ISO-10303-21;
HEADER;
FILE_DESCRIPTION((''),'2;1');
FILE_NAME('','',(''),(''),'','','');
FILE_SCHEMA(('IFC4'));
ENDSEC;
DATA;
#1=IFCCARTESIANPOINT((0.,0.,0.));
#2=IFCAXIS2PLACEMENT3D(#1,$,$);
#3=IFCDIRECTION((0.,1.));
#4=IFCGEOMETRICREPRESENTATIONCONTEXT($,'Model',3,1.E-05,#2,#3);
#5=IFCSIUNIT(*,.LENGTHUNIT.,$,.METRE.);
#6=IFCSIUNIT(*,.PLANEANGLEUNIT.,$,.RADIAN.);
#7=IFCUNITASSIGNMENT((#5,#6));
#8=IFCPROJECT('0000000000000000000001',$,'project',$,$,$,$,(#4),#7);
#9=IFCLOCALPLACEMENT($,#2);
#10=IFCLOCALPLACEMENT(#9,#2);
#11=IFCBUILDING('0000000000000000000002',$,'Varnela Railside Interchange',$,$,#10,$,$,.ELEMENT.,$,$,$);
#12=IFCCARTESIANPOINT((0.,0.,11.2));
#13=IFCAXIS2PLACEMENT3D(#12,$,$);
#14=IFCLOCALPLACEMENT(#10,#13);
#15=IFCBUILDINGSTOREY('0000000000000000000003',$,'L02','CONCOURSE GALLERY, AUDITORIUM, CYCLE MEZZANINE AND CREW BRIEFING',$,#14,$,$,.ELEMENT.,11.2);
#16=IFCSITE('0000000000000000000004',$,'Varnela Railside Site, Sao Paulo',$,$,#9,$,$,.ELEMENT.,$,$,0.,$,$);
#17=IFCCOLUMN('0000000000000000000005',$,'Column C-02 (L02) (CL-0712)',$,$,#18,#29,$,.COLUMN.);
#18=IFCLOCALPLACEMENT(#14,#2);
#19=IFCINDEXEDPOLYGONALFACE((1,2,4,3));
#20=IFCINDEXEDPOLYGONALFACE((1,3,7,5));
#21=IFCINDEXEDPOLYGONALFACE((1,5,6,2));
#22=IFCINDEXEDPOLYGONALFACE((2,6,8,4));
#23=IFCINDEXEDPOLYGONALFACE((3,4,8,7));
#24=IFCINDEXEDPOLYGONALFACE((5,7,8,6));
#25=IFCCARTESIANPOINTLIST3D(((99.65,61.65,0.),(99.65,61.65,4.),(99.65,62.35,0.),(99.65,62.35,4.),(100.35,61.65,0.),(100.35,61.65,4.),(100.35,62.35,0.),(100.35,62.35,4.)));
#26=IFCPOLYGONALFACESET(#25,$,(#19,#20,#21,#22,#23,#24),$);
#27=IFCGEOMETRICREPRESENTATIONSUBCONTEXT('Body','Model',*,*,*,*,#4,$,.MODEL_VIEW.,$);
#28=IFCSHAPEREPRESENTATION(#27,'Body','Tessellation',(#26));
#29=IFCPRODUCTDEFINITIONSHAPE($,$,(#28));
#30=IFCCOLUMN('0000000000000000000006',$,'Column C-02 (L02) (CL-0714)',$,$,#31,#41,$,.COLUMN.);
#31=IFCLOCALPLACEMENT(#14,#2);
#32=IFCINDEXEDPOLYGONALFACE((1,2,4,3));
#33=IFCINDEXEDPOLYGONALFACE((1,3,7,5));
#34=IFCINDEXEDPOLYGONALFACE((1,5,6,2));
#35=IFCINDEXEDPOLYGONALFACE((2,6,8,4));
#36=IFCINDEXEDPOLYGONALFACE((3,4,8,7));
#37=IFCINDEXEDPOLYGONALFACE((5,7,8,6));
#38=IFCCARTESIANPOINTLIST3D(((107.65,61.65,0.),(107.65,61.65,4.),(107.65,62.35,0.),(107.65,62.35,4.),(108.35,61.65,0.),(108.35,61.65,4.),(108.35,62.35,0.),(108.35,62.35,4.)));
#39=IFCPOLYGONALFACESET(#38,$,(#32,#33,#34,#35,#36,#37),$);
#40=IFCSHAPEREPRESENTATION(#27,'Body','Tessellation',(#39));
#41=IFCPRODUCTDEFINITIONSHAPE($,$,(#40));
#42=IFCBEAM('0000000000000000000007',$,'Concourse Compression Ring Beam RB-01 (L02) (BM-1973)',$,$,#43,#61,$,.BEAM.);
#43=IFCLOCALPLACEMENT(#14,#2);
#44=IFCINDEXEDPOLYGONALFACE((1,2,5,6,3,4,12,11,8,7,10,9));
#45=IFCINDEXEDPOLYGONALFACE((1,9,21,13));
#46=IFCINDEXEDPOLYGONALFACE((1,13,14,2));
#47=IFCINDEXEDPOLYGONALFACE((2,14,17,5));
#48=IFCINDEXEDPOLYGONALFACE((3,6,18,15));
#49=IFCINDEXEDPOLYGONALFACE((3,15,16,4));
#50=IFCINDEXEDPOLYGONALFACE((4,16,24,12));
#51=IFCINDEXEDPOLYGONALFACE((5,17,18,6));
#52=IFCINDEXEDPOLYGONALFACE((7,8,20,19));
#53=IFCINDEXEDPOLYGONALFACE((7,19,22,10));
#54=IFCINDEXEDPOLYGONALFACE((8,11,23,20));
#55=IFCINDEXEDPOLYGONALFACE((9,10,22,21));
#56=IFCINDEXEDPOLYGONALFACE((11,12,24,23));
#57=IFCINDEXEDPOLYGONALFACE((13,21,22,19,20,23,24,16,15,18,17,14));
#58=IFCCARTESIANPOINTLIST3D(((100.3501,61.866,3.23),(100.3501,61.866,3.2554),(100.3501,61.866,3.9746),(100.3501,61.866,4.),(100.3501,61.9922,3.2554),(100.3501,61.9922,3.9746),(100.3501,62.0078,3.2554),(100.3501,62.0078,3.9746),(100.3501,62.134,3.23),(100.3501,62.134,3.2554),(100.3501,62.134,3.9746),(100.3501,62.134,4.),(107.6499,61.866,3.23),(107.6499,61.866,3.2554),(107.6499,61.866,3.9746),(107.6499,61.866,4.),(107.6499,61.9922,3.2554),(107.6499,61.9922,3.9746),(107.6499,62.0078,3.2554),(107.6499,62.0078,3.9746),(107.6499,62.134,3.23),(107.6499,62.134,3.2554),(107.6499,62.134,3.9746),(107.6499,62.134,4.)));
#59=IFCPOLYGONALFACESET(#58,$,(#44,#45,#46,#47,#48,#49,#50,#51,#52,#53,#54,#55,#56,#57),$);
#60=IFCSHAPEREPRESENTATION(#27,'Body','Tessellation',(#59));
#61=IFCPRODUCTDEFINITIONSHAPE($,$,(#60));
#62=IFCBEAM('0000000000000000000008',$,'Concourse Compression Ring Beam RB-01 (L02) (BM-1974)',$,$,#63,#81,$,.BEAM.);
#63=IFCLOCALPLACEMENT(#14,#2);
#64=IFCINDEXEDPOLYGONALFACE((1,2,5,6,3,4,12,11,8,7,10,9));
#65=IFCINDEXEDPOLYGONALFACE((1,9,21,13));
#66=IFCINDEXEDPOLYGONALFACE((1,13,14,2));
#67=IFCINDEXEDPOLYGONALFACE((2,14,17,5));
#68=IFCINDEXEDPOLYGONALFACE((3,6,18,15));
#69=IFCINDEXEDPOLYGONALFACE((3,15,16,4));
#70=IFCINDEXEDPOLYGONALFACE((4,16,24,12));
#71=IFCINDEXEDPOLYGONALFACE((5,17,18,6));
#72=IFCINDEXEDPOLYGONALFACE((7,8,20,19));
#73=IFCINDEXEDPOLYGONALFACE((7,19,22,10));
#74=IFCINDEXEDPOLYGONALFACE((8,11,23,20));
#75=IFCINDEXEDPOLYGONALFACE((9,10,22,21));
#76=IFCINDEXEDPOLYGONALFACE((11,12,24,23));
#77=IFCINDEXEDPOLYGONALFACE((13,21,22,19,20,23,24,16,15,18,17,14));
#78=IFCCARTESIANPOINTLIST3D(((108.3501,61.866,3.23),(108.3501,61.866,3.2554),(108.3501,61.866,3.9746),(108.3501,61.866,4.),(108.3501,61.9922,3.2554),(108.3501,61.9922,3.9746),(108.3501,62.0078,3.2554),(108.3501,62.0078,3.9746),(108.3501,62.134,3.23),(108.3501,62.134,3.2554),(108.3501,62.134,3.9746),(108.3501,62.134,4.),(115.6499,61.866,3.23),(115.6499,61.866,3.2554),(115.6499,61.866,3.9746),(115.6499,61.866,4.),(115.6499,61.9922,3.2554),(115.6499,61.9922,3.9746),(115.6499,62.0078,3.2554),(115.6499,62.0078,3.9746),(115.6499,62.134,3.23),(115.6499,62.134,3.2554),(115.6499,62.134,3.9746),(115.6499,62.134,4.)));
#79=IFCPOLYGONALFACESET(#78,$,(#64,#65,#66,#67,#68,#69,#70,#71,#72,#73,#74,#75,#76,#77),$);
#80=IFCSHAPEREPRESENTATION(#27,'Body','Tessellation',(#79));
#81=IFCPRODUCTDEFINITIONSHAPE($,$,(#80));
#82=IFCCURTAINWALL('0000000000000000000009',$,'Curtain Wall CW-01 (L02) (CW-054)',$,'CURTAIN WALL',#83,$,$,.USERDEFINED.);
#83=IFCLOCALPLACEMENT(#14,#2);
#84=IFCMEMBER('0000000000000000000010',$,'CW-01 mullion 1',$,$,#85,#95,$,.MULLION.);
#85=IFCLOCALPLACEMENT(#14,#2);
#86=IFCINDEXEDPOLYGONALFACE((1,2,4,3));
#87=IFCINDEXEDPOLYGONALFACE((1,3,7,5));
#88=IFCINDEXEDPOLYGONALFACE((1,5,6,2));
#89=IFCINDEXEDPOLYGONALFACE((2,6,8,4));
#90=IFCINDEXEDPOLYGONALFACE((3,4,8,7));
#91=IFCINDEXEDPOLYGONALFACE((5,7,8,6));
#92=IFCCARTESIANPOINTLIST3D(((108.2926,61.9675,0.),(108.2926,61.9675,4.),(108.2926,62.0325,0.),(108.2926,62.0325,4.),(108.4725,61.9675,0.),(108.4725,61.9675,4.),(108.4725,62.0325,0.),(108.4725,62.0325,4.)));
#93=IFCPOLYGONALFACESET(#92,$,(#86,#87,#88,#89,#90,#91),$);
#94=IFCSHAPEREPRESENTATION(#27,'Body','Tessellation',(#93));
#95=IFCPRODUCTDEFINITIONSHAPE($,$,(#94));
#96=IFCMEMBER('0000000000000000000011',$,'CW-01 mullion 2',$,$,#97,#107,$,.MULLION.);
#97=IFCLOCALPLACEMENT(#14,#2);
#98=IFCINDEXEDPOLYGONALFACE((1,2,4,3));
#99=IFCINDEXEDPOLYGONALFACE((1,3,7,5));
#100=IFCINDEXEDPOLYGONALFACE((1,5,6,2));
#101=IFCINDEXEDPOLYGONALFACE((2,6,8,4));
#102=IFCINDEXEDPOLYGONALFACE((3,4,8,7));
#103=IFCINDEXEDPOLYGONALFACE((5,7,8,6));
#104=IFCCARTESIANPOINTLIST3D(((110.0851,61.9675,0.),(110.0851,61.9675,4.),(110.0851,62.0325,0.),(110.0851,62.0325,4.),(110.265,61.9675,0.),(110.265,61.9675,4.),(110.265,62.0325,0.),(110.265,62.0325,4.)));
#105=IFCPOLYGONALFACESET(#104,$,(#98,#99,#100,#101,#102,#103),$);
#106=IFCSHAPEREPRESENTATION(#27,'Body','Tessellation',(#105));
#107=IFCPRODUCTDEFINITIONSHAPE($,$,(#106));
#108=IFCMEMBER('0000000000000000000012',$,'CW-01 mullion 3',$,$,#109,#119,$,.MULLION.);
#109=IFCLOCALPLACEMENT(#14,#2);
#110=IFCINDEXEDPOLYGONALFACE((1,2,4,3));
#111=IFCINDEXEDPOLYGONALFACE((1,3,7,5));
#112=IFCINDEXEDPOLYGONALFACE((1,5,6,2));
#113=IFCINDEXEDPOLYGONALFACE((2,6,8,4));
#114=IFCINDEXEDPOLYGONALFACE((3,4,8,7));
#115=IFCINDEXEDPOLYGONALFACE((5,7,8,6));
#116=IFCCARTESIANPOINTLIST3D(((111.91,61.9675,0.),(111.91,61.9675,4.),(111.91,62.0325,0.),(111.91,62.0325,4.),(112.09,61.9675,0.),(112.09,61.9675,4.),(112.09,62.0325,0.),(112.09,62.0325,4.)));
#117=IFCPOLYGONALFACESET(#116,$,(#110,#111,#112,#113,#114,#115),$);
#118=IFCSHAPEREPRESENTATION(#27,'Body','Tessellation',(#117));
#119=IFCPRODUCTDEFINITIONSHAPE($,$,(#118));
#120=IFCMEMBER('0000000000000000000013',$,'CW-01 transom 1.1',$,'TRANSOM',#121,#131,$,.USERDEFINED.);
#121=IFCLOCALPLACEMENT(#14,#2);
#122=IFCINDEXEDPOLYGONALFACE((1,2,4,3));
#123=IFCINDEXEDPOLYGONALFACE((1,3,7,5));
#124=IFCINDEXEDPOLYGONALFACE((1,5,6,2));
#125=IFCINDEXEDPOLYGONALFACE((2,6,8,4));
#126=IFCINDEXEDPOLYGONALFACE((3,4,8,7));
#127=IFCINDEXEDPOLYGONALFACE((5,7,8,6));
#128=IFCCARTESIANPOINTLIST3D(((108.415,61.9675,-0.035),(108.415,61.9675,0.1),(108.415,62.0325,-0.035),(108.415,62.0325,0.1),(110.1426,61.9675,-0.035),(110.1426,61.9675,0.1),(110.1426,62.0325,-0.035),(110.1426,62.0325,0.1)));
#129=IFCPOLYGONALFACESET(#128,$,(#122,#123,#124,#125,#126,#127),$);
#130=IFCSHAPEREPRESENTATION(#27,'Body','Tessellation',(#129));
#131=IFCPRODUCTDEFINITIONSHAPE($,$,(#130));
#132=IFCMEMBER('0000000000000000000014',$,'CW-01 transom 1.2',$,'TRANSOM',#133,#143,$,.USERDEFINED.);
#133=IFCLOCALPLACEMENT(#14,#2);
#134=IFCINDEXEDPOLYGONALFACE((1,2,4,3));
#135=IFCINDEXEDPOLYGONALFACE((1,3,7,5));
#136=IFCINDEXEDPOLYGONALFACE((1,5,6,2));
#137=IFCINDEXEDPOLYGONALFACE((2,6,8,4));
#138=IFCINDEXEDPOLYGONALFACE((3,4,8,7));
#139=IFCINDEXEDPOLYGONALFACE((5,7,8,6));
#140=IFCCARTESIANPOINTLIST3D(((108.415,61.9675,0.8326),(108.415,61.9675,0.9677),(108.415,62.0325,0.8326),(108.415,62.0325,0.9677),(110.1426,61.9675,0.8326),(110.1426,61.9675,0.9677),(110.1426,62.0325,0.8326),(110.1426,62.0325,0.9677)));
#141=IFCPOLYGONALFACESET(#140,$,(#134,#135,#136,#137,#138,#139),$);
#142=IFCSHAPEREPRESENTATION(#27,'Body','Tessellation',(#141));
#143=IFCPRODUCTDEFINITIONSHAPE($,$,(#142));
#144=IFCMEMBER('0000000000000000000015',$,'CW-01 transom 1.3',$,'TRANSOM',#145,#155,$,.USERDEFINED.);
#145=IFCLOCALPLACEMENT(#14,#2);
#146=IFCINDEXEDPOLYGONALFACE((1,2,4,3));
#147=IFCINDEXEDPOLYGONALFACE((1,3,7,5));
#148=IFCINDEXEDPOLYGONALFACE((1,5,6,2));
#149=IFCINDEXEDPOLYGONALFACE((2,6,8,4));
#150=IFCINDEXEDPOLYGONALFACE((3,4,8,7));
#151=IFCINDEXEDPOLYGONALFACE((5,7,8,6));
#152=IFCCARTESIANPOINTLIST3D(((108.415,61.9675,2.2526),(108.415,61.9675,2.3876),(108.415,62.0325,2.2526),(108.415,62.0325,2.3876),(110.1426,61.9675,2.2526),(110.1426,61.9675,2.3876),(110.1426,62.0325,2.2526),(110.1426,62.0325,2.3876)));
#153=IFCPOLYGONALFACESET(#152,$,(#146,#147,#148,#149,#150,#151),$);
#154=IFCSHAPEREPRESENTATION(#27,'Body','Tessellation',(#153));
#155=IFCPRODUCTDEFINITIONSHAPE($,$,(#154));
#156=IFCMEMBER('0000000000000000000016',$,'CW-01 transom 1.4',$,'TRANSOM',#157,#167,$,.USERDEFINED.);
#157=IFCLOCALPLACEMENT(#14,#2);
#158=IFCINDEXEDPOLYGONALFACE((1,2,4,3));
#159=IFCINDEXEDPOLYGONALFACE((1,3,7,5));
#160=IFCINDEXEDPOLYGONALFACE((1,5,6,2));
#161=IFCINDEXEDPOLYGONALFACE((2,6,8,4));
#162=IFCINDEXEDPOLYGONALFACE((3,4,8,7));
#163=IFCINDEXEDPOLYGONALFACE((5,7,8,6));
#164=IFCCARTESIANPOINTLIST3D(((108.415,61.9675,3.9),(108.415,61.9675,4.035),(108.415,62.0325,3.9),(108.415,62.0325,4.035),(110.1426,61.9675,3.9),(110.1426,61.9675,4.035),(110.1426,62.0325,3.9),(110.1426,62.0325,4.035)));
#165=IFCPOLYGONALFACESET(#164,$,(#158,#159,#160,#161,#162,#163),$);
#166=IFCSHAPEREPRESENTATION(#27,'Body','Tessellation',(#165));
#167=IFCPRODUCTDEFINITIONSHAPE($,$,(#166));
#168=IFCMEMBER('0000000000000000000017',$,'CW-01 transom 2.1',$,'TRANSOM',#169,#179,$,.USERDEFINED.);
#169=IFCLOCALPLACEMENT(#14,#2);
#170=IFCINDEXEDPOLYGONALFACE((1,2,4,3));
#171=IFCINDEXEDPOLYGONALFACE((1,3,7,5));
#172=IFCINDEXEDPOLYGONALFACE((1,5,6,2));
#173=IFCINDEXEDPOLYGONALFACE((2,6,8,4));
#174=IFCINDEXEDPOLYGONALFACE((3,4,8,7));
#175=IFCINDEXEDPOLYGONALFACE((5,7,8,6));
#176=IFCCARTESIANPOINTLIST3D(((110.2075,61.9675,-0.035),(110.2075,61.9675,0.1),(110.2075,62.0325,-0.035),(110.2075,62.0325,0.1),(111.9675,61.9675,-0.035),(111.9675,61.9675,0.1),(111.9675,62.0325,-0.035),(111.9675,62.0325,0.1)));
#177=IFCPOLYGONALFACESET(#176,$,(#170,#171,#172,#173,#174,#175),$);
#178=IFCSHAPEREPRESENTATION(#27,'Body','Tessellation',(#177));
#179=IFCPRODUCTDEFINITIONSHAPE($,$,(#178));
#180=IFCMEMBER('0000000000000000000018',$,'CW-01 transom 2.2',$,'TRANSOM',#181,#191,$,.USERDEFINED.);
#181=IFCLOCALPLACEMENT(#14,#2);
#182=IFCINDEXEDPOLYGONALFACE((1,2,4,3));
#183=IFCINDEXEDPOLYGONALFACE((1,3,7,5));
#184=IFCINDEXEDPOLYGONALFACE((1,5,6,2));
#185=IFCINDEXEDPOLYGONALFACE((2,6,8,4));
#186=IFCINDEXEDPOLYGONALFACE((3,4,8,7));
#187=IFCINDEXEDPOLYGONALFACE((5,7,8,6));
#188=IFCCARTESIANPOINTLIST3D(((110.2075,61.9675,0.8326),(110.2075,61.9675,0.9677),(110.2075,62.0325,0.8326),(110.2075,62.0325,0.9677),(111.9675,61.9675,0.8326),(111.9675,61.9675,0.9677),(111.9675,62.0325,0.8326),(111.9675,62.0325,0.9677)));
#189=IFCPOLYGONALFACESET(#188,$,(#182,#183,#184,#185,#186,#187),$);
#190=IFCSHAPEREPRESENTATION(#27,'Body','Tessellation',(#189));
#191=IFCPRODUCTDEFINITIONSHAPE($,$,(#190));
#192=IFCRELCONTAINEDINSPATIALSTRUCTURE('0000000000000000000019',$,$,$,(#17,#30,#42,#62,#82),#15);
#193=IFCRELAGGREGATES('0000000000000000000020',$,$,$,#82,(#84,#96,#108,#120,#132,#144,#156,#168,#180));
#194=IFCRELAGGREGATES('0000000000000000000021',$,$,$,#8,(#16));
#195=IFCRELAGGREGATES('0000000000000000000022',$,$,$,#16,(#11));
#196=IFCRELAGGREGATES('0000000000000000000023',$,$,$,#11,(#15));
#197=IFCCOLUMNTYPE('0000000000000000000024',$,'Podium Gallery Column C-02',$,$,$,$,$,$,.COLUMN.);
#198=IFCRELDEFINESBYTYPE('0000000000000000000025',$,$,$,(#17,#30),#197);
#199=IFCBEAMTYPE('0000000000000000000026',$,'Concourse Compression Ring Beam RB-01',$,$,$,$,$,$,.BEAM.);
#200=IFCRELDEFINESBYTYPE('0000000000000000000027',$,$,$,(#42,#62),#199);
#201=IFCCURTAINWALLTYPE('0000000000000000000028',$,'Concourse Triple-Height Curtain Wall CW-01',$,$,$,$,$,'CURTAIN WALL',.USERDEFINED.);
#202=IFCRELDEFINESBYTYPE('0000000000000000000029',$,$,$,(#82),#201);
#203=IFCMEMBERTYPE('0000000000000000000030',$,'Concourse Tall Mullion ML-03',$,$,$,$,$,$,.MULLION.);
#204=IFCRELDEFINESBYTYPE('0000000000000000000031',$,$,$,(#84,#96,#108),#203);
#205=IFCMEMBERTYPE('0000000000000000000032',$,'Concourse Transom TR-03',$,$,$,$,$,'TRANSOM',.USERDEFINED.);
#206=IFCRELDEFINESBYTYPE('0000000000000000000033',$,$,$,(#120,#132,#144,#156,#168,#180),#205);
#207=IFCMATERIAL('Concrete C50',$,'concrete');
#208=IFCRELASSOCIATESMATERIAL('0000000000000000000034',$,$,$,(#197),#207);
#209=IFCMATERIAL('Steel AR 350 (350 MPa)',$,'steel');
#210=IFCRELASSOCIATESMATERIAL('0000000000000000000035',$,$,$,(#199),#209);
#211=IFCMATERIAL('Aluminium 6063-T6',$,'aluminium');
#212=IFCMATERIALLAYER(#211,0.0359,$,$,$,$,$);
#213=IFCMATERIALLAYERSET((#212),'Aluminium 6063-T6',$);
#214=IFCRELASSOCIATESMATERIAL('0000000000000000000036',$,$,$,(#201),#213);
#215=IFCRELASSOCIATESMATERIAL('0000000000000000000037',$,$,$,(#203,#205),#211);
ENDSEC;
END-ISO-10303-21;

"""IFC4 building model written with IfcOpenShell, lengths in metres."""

from ifc_helpers import new_model, si_unit, direction, frame, origin, origin_2d, place, context, subcontext, project, spatial, rectangle, i_section, extrude, material, layer, layer_set, material_profile, profile_set, type_object, element, aggregate, save


model = new_model("IFC4")

# Units and contexts
model_context = context("Model", 3, precision=1e-05, world=origin(), true_north=direction((0.0, 1.0)))
body_context = subcontext(model_context, "Body", "Model", "MODEL_VIEW")
ifc_project = project(units=[si_unit("LENGTHUNIT", "METRE"), si_unit("PLANEANGLEUNIT", "RADIAN")], contexts=[model_context])

# Site, building, storey
site_placement = place(None, origin())
site = spatial("IfcSite", under=ifc_project, at=site_placement, Name="Varnela Railside Site, Sao Paulo", CompositionType="ELEMENT", RefElevation=0.0)
building_placement = place(site_placement, origin())
building = spatial("IfcBuilding", under=site, at=building_placement, Name="Varnela Railside Interchange", CompositionType="ELEMENT")
storey_placement = place(building_placement, frame((0.0, 0.0, 11.2)))
storey = spatial("IfcBuildingStorey", under=building, at=storey_placement, Name="L02", Description="CONCOURSE GALLERY, AUDITORIUM, CYCLE MEZZANINE AND CREW BRIEFING", CompositionType="ELEMENT", Elevation=11.2)

# Columns
ifc_material_1 = material(Name="Concrete C50", Category="concrete")
ifc_material_profile_1 = material_profile(ifc_material_1, rectangle(XDim=0.7, YDim=0.7, at=origin_2d()), Name="RC 700x700")
ifc_profile_set_1 = profile_set([ifc_material_profile_1], Name="Concrete C50")
column_type = type_object("IfcColumnType", Name="Podium Gallery Column C-02", PredefinedType="COLUMN", material=ifc_profile_set_1)
for number, where, z_axis, x_axis, name in (
    (1, (100.0, 62.0, 0.0), (0.0, 0.0, 1.0), (1.0, 0.0, 0.0), "Column C-02 (L02) (CL-0712)"),
    (2, (108.0, 62.0, 0.0), (0.0, 0.0, 1.0), (1.0, 0.0, 0.0), "Column C-02 (L02) (CL-0714)"),
):
    element("IfcColumn", number, at=place(storey_placement, frame(where, z_axis=z_axis, x_axis=x_axis)), inside=storey, type_object=column_type, Name=name, PredefinedType="COLUMN", context=body_context, shape_type="SweptSolid", body=[
        extrude(rectangle(XDim=0.7, YDim=0.7, at=origin_2d()), origin(), (0.0, 0.0, 1.0), 4.0),
    ])

# Beams
ifc_material_2 = material(Name="Steel AR 350 (350 MPa)", Category="steel")
ifc_material_profile_2 = material_profile(ifc_material_2, i_section(OverallWidth=0.2681, OverallDepth=0.77, WebThickness=0.0156, FlangeThickness=0.0254, at=origin_2d()), Name="W760x196")
ifc_profile_set_2 = profile_set([ifc_material_profile_2], Name="Steel AR 350 (350 MPa)")
beam_type = type_object("IfcBeamType", Name="Concourse Compression Ring Beam RB-01", PredefinedType="BEAM", material=ifc_profile_set_2)
for number, where, z_axis, x_axis, name in (
    (3, (100.3501, 62.0, 3.615), (1.0, 0.0, 0.0), (0.0, 1.0, 0.0), "Concourse Compression Ring Beam RB-01 (L02) (BM-1973)"),
    (4, (108.3501, 62.0, 3.615), (1.0, 0.0, 0.0), (0.0, 1.0, 0.0), "Concourse Compression Ring Beam RB-01 (L02) (BM-1974)"),
):
    element("IfcBeam", number, at=place(storey_placement, frame(where, z_axis=z_axis, x_axis=x_axis)), inside=storey, type_object=beam_type, Name=name, PredefinedType="BEAM", context=body_context, shape_type="SweptSolid", body=[
        extrude(i_section(OverallWidth=0.2681, OverallDepth=0.77, WebThickness=0.0156, FlangeThickness=0.0254, at=origin_2d()), origin(), (0.0, 0.0, 1.0), 7.2998),
    ])

# Curtain wall, members
ifc_material_3 = material(Name="Aluminium 6063-T6", Category="aluminium")
ifc_layer_1 = layer(ifc_material_3, 0.0359)
ifc_layer_set_1 = layer_set([ifc_layer_1], Name="Aluminium 6063-T6")
curtain_wall_type = type_object("IfcCurtainWallType", Name="Concourse Triple-Height Curtain Wall CW-01", ElementType="CURTAIN WALL", PredefinedType="USERDEFINED", material=ifc_layer_set_1)
curtain_wall_placement = place(storey_placement, origin())
curtain_wall = element("IfcCurtainWall", 5, at=curtain_wall_placement, inside=storey, type_object=curtain_wall_type, Name="Curtain Wall CW-01 (L02) (CW-054)", ObjectType="CURTAIN WALL", PredefinedType="USERDEFINED")
ifc_material_profile_3 = material_profile(ifc_material_3, rectangle(XDim=0.0649, YDim=0.1799, at=origin_2d()), Name="ALU 65x180")
ifc_profile_set_3 = profile_set([ifc_material_profile_3], Name="Aluminium 6063-T6")
member_type_1 = type_object("IfcMemberType", Name="Concourse Tall Mullion ML-03", PredefinedType="MULLION", material=ifc_profile_set_3)
member_1_placement = place(storey_placement, frame((108.3826, 62.0, 0.0), z_axis=(0.0, 0.0, 1.0), x_axis=(0.0, 1.0, 0.0)))
member_1 = element("IfcMember", 6, at=member_1_placement, type_object=member_type_1, Name="CW-01 mullion 1", PredefinedType="MULLION", context=body_context, shape_type="SweptSolid", body=[
    extrude(rectangle(XDim=0.0649, YDim=0.1799, at=origin_2d()), origin(), (0.0, 0.0, 1.0), 4.0),
])
member_2_placement = place(storey_placement, frame((110.175, 62.0, 0.0), z_axis=(0.0, 0.0, 1.0), x_axis=(0.0, 1.0, 0.0)))
member_2 = element("IfcMember", 7, at=member_2_placement, type_object=member_type_1, Name="CW-01 mullion 2", PredefinedType="MULLION", context=body_context, shape_type="SweptSolid", body=[
    extrude(rectangle(XDim=0.0649, YDim=0.1799, at=origin_2d()), origin(), (0.0, 0.0, 1.0), 4.0),
])
member_3_placement = place(storey_placement, frame((112.0, 62.0, 0.0), z_axis=(0.0, 0.0, 1.0), x_axis=(0.0, 1.0, 0.0)))
member_3 = element("IfcMember", 8, at=member_3_placement, type_object=member_type_1, Name="CW-01 mullion 3", PredefinedType="MULLION", context=body_context, shape_type="SweptSolid", body=[
    extrude(rectangle(XDim=0.0649, YDim=0.1799, at=origin_2d()), origin(), (0.0, 0.0, 1.0), 4.0),
])
ifc_material_profile_4 = material_profile(ifc_material_3, rectangle(XDim=0.0649, YDim=0.135, at=origin_2d()), Name="ALU 65x135")
ifc_profile_set_4 = profile_set([ifc_material_profile_4], Name="Aluminium 6063-T6")
member_type_2 = type_object("IfcMemberType", Name="Concourse Transom TR-03", ElementType="TRANSOM", PredefinedType="USERDEFINED", material=ifc_profile_set_4)
member_4_placement = place(storey_placement, frame((108.415, 62.0, 0.0325), z_axis=(1.0, 0.0, 0.0), x_axis=(0.0, 1.0, 0.0)))
member_4 = element("IfcMember", 9, at=member_4_placement, type_object=member_type_2, Name="CW-01 transom 1.1", ObjectType="TRANSOM", PredefinedType="USERDEFINED", context=body_context, shape_type="SweptSolid", body=[
    extrude(rectangle(XDim=0.0649, YDim=0.135, at=origin_2d()), origin(), (0.0, 0.0, 1.0), 1.7275),
])
member_5_placement = place(storey_placement, frame((108.415, 62.0, 0.9001), z_axis=(1.0, 0.0, 0.0), x_axis=(0.0, 1.0, 0.0)))
member_5 = element("IfcMember", 10, at=member_5_placement, type_object=member_type_2, Name="CW-01 transom 1.2", ObjectType="TRANSOM", PredefinedType="USERDEFINED", context=body_context, shape_type="SweptSolid", body=[
    extrude(rectangle(XDim=0.0649, YDim=0.135, at=origin_2d()), origin(), (0.0, 0.0, 1.0), 1.7275),
])
member_6_placement = place(storey_placement, frame((108.415, 62.0, 2.3201), z_axis=(1.0, 0.0, 0.0), x_axis=(0.0, 1.0, 0.0)))
member_6 = element("IfcMember", 11, at=member_6_placement, type_object=member_type_2, Name="CW-01 transom 1.3", ObjectType="TRANSOM", PredefinedType="USERDEFINED", context=body_context, shape_type="SweptSolid", body=[
    extrude(rectangle(XDim=0.0649, YDim=0.135, at=origin_2d()), origin(), (0.0, 0.0, 1.0), 1.7275),
])
member_7_placement = place(storey_placement, frame((108.415, 62.0, 3.9675), z_axis=(1.0, 0.0, 0.0), x_axis=(0.0, 1.0, 0.0)))
member_7 = element("IfcMember", 12, at=member_7_placement, type_object=member_type_2, Name="CW-01 transom 1.4", ObjectType="TRANSOM", PredefinedType="USERDEFINED", context=body_context, shape_type="SweptSolid", body=[
    extrude(rectangle(XDim=0.0649, YDim=0.135, at=origin_2d()), origin(), (0.0, 0.0, 1.0), 1.7275),
])
member_8_placement = place(storey_placement, frame((110.2075, 62.0, 0.0325), z_axis=(1.0, 0.0, 0.0), x_axis=(0.0, 1.0, 0.0)))
member_8 = element("IfcMember", 13, at=member_8_placement, type_object=member_type_2, Name="CW-01 transom 2.1", ObjectType="TRANSOM", PredefinedType="USERDEFINED", context=body_context, shape_type="SweptSolid", body=[
    extrude(rectangle(XDim=0.0649, YDim=0.135, at=origin_2d()), origin(), (0.0, 0.0, 1.0), 1.76),
])
member_9_placement = place(storey_placement, frame((110.2075, 62.0, 0.9001), z_axis=(1.0, 0.0, 0.0), x_axis=(0.0, 1.0, 0.0)))
member_9 = element("IfcMember", 14, at=member_9_placement, type_object=member_type_2, Name="CW-01 transom 2.2", ObjectType="TRANSOM", PredefinedType="USERDEFINED", context=body_context, shape_type="SweptSolid", body=[
    extrude(rectangle(XDim=0.0649, YDim=0.135, at=origin_2d()), origin(), (0.0, 0.0, 1.0), 1.76),
])
aggregate(curtain_wall, [member_1, member_2, member_3, member_4, member_5, member_6, member_7, member_8, member_9])

save(model, "model.ifc")
